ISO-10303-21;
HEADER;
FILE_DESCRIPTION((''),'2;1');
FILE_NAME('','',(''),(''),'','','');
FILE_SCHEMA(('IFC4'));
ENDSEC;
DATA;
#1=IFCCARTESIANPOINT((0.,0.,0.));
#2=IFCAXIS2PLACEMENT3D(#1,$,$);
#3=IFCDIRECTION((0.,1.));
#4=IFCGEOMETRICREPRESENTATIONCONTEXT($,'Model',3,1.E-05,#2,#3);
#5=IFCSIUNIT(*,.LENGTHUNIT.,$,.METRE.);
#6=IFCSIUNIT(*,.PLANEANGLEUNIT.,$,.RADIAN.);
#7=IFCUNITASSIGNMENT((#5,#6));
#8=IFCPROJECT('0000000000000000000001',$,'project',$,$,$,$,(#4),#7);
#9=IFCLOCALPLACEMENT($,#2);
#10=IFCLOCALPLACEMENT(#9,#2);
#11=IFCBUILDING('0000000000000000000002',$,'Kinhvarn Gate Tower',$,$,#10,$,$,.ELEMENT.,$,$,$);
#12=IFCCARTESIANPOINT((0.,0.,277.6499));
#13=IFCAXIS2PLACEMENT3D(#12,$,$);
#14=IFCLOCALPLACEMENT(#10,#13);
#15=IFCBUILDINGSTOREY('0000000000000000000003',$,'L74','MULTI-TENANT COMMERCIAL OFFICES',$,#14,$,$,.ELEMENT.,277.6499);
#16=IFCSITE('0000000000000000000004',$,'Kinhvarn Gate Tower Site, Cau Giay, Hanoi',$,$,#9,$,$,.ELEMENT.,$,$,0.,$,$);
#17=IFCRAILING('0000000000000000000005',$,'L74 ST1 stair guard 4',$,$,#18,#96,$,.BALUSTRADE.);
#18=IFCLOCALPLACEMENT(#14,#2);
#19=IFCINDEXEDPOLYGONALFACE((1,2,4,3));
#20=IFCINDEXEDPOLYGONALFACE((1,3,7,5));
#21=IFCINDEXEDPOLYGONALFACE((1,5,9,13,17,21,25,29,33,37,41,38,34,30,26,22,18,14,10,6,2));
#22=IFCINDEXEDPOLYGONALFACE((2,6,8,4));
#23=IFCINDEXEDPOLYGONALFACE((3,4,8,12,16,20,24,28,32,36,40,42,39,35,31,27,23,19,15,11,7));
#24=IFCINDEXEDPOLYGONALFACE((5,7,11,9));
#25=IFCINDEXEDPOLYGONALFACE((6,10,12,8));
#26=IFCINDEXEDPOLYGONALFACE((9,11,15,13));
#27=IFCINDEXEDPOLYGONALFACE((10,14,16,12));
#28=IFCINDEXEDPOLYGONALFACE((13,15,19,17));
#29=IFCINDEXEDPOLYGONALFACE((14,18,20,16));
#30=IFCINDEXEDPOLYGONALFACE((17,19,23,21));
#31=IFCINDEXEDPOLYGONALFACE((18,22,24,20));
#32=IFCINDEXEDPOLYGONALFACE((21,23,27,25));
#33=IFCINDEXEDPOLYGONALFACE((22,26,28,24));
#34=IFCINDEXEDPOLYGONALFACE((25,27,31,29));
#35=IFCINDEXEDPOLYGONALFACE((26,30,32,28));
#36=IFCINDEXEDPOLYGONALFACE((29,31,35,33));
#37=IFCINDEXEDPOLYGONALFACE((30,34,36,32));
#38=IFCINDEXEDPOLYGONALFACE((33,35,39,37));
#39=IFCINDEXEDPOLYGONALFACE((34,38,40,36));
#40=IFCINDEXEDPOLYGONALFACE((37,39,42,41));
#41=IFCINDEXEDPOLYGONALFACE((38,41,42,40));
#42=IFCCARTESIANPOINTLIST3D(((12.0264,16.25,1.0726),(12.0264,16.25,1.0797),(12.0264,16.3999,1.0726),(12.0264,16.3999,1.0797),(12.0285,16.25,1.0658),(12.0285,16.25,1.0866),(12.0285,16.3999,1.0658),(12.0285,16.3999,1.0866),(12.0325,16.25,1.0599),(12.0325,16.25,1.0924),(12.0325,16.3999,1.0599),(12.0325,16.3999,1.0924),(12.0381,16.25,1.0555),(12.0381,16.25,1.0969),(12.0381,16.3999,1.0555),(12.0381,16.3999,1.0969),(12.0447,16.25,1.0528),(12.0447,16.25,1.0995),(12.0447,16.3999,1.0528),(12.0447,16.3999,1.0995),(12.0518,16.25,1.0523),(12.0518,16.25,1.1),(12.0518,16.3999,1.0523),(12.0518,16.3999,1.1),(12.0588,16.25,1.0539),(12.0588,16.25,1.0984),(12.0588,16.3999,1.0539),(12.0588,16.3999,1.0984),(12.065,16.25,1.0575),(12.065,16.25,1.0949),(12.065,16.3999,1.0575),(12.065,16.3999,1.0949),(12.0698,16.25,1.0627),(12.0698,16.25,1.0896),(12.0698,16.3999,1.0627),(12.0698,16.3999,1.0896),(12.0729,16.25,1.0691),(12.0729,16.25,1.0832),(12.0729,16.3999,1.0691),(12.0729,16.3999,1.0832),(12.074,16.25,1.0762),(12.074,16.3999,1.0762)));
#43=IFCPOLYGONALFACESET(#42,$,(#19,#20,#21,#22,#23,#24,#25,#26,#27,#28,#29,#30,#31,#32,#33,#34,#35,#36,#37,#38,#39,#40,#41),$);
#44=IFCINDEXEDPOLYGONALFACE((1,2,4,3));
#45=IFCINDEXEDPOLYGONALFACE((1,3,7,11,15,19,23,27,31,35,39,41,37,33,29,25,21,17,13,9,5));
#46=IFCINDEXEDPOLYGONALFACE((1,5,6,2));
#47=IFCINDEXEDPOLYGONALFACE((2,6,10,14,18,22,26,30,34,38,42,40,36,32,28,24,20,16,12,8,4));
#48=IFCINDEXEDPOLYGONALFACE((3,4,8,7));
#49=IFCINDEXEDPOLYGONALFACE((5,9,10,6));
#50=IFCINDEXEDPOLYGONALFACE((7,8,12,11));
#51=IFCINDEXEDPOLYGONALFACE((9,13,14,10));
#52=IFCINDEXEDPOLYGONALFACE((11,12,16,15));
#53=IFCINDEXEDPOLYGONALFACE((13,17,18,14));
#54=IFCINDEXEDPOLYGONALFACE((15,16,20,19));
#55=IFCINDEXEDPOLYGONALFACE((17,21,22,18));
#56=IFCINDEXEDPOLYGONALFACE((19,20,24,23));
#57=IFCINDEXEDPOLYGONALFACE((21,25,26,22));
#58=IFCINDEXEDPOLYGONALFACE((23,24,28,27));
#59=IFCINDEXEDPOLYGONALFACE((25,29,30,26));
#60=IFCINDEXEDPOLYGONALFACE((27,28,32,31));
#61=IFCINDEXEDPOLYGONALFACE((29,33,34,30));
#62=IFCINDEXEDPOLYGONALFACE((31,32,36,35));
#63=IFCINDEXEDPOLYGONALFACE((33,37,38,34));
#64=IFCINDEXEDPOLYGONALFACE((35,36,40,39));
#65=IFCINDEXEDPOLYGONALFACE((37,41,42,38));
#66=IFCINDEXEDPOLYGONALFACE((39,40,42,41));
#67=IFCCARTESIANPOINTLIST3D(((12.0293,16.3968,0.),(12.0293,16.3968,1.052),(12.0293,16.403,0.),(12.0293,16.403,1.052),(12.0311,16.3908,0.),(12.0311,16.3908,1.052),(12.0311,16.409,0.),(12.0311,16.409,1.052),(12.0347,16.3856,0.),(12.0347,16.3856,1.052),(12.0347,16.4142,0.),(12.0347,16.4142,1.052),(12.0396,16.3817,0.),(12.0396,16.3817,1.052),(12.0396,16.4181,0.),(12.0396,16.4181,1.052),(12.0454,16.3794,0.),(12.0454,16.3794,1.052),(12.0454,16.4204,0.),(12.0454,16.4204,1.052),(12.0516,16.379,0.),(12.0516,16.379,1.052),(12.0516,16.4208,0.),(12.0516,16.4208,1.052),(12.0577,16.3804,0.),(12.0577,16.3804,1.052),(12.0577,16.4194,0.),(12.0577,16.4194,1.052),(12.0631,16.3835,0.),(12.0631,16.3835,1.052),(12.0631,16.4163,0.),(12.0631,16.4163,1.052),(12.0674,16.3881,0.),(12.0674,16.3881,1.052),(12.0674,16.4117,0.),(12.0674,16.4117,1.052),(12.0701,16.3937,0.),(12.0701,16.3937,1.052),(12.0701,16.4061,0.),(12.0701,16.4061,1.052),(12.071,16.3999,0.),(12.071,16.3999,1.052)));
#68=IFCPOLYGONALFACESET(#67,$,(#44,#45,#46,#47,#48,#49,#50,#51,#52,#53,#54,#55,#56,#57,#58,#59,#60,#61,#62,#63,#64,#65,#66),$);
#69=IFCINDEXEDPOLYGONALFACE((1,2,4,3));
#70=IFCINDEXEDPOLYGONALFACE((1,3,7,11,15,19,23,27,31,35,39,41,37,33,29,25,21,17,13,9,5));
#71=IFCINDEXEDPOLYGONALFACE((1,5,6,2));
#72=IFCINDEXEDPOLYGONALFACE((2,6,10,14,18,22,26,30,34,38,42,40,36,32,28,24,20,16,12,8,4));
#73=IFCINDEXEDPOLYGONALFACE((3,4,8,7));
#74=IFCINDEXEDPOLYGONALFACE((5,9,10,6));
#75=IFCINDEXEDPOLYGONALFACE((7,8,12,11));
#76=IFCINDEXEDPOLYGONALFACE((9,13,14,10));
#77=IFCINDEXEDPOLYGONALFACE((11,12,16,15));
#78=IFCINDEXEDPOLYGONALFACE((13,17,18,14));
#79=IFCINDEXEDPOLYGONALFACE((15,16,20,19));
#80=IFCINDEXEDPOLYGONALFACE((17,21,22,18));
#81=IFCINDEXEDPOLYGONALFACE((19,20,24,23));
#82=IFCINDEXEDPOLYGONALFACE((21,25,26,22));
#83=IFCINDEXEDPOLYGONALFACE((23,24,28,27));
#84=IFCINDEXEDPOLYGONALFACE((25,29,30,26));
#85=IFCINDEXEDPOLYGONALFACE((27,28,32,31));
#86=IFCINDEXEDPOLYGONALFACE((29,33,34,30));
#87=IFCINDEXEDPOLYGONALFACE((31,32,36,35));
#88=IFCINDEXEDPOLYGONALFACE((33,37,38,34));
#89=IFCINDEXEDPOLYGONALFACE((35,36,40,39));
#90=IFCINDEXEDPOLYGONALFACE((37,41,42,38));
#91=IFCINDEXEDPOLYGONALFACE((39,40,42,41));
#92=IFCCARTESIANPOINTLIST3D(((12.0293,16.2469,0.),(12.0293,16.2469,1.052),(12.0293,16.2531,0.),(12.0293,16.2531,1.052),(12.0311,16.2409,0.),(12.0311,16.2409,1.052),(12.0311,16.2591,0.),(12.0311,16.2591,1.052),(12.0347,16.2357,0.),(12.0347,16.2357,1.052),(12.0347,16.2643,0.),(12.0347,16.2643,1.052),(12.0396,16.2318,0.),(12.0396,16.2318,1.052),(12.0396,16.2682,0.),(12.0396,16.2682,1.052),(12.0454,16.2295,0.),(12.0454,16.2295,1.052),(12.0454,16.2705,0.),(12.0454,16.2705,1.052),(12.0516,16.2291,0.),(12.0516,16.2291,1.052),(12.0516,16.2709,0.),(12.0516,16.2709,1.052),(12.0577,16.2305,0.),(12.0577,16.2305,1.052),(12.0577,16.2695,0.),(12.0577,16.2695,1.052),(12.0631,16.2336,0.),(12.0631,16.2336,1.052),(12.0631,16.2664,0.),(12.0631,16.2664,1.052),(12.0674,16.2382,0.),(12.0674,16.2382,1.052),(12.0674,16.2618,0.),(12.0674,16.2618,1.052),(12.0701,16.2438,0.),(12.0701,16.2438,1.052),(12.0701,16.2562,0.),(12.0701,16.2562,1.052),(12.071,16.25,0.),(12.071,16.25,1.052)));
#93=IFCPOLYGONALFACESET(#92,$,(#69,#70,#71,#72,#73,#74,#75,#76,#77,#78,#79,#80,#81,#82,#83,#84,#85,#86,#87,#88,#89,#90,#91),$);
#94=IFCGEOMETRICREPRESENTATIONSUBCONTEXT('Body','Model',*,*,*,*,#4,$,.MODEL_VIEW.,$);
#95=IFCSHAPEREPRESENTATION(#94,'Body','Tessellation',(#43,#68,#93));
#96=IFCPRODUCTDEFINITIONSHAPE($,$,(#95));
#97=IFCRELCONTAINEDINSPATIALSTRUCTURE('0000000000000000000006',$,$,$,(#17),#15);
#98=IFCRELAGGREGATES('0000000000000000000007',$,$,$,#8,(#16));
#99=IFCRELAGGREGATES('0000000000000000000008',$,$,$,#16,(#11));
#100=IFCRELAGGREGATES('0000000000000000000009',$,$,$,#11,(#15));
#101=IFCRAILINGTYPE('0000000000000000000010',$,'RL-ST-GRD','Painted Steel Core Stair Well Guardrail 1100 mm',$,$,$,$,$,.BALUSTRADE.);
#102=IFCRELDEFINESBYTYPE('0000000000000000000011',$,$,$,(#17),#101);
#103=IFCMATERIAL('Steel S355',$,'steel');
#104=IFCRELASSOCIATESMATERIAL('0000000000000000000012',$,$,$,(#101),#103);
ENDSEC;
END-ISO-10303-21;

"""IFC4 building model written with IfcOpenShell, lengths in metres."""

from ifc_helpers import new_model, si_unit, direction, frame, origin, origin_2d, place, context, subcontext, project, spatial, circle, extrude, material, type_object, element, save


model = new_model("IFC4")

# Units and contexts
model_context = context("Model", 3, precision=1e-05, world=origin(), true_north=direction((0.0, 1.0)))
body_context = subcontext(model_context, "Body", "Model", "MODEL_VIEW")
ifc_project = project(units=[si_unit("LENGTHUNIT", "METRE"), si_unit("PLANEANGLEUNIT", "RADIAN")], contexts=[model_context])

# Site, building, storey
site_placement = place(None, origin())
site = spatial("IfcSite", under=ifc_project, at=site_placement, Name="Kinhvarn Gate Tower Site, Cau Giay, Hanoi", CompositionType="ELEMENT", RefElevation=0.0)
building_placement = place(site_placement, origin())
building = spatial("IfcBuilding", under=site, at=building_placement, Name="Kinhvarn Gate Tower", CompositionType="ELEMENT")
storey_placement = place(building_placement, frame((0.0, 0.0, 277.6499)))
storey = spatial("IfcBuildingStorey", under=building, at=storey_placement, Name="L74", Description="MULTI-TENANT COMMERCIAL OFFICES", CompositionType="ELEMENT", Elevation=277.6499)

# Shared definitions
ifc_material_1 = material(Name="Steel S355", Category="steel")

# Railing
railing_type_1 = type_object("IfcRailingType", Name="RL-ST-GRD", Description="Painted Steel Core Stair Well Guardrail 1100 mm", PredefinedType="BALUSTRADE", material=ifc_material_1)
railing_1_placement = place(storey_placement, frame((12.05, 16.3999, 0.0)))
element("IfcRailing", 1, at=railing_1_placement, inside=storey, type_object=railing_type_1, Name="L74 ST1 stair guard 4", PredefinedType="BALUSTRADE", context=body_context, shape_type="SweptSolid", body=[
    extrude(circle(Radius=0.0239, at=origin_2d()), frame((0.0, 0.0, 1.0762), z_axis=(0.0, -1.0, 0.0), x_axis=(1.0, 0.0, 0.0)), (0.0, 0.0, 1.0), 0.1499),
    extrude(circle(Radius=0.021, at=origin_2d()), origin(), (0.0, 0.0, 1.0), 1.052),
    extrude(circle(Radius=0.021, at=origin_2d()), frame((0.0, -0.1499, 0.0)), (0.0, 0.0, 1.0), 1.052),
])

save(model, "model.ifc")
